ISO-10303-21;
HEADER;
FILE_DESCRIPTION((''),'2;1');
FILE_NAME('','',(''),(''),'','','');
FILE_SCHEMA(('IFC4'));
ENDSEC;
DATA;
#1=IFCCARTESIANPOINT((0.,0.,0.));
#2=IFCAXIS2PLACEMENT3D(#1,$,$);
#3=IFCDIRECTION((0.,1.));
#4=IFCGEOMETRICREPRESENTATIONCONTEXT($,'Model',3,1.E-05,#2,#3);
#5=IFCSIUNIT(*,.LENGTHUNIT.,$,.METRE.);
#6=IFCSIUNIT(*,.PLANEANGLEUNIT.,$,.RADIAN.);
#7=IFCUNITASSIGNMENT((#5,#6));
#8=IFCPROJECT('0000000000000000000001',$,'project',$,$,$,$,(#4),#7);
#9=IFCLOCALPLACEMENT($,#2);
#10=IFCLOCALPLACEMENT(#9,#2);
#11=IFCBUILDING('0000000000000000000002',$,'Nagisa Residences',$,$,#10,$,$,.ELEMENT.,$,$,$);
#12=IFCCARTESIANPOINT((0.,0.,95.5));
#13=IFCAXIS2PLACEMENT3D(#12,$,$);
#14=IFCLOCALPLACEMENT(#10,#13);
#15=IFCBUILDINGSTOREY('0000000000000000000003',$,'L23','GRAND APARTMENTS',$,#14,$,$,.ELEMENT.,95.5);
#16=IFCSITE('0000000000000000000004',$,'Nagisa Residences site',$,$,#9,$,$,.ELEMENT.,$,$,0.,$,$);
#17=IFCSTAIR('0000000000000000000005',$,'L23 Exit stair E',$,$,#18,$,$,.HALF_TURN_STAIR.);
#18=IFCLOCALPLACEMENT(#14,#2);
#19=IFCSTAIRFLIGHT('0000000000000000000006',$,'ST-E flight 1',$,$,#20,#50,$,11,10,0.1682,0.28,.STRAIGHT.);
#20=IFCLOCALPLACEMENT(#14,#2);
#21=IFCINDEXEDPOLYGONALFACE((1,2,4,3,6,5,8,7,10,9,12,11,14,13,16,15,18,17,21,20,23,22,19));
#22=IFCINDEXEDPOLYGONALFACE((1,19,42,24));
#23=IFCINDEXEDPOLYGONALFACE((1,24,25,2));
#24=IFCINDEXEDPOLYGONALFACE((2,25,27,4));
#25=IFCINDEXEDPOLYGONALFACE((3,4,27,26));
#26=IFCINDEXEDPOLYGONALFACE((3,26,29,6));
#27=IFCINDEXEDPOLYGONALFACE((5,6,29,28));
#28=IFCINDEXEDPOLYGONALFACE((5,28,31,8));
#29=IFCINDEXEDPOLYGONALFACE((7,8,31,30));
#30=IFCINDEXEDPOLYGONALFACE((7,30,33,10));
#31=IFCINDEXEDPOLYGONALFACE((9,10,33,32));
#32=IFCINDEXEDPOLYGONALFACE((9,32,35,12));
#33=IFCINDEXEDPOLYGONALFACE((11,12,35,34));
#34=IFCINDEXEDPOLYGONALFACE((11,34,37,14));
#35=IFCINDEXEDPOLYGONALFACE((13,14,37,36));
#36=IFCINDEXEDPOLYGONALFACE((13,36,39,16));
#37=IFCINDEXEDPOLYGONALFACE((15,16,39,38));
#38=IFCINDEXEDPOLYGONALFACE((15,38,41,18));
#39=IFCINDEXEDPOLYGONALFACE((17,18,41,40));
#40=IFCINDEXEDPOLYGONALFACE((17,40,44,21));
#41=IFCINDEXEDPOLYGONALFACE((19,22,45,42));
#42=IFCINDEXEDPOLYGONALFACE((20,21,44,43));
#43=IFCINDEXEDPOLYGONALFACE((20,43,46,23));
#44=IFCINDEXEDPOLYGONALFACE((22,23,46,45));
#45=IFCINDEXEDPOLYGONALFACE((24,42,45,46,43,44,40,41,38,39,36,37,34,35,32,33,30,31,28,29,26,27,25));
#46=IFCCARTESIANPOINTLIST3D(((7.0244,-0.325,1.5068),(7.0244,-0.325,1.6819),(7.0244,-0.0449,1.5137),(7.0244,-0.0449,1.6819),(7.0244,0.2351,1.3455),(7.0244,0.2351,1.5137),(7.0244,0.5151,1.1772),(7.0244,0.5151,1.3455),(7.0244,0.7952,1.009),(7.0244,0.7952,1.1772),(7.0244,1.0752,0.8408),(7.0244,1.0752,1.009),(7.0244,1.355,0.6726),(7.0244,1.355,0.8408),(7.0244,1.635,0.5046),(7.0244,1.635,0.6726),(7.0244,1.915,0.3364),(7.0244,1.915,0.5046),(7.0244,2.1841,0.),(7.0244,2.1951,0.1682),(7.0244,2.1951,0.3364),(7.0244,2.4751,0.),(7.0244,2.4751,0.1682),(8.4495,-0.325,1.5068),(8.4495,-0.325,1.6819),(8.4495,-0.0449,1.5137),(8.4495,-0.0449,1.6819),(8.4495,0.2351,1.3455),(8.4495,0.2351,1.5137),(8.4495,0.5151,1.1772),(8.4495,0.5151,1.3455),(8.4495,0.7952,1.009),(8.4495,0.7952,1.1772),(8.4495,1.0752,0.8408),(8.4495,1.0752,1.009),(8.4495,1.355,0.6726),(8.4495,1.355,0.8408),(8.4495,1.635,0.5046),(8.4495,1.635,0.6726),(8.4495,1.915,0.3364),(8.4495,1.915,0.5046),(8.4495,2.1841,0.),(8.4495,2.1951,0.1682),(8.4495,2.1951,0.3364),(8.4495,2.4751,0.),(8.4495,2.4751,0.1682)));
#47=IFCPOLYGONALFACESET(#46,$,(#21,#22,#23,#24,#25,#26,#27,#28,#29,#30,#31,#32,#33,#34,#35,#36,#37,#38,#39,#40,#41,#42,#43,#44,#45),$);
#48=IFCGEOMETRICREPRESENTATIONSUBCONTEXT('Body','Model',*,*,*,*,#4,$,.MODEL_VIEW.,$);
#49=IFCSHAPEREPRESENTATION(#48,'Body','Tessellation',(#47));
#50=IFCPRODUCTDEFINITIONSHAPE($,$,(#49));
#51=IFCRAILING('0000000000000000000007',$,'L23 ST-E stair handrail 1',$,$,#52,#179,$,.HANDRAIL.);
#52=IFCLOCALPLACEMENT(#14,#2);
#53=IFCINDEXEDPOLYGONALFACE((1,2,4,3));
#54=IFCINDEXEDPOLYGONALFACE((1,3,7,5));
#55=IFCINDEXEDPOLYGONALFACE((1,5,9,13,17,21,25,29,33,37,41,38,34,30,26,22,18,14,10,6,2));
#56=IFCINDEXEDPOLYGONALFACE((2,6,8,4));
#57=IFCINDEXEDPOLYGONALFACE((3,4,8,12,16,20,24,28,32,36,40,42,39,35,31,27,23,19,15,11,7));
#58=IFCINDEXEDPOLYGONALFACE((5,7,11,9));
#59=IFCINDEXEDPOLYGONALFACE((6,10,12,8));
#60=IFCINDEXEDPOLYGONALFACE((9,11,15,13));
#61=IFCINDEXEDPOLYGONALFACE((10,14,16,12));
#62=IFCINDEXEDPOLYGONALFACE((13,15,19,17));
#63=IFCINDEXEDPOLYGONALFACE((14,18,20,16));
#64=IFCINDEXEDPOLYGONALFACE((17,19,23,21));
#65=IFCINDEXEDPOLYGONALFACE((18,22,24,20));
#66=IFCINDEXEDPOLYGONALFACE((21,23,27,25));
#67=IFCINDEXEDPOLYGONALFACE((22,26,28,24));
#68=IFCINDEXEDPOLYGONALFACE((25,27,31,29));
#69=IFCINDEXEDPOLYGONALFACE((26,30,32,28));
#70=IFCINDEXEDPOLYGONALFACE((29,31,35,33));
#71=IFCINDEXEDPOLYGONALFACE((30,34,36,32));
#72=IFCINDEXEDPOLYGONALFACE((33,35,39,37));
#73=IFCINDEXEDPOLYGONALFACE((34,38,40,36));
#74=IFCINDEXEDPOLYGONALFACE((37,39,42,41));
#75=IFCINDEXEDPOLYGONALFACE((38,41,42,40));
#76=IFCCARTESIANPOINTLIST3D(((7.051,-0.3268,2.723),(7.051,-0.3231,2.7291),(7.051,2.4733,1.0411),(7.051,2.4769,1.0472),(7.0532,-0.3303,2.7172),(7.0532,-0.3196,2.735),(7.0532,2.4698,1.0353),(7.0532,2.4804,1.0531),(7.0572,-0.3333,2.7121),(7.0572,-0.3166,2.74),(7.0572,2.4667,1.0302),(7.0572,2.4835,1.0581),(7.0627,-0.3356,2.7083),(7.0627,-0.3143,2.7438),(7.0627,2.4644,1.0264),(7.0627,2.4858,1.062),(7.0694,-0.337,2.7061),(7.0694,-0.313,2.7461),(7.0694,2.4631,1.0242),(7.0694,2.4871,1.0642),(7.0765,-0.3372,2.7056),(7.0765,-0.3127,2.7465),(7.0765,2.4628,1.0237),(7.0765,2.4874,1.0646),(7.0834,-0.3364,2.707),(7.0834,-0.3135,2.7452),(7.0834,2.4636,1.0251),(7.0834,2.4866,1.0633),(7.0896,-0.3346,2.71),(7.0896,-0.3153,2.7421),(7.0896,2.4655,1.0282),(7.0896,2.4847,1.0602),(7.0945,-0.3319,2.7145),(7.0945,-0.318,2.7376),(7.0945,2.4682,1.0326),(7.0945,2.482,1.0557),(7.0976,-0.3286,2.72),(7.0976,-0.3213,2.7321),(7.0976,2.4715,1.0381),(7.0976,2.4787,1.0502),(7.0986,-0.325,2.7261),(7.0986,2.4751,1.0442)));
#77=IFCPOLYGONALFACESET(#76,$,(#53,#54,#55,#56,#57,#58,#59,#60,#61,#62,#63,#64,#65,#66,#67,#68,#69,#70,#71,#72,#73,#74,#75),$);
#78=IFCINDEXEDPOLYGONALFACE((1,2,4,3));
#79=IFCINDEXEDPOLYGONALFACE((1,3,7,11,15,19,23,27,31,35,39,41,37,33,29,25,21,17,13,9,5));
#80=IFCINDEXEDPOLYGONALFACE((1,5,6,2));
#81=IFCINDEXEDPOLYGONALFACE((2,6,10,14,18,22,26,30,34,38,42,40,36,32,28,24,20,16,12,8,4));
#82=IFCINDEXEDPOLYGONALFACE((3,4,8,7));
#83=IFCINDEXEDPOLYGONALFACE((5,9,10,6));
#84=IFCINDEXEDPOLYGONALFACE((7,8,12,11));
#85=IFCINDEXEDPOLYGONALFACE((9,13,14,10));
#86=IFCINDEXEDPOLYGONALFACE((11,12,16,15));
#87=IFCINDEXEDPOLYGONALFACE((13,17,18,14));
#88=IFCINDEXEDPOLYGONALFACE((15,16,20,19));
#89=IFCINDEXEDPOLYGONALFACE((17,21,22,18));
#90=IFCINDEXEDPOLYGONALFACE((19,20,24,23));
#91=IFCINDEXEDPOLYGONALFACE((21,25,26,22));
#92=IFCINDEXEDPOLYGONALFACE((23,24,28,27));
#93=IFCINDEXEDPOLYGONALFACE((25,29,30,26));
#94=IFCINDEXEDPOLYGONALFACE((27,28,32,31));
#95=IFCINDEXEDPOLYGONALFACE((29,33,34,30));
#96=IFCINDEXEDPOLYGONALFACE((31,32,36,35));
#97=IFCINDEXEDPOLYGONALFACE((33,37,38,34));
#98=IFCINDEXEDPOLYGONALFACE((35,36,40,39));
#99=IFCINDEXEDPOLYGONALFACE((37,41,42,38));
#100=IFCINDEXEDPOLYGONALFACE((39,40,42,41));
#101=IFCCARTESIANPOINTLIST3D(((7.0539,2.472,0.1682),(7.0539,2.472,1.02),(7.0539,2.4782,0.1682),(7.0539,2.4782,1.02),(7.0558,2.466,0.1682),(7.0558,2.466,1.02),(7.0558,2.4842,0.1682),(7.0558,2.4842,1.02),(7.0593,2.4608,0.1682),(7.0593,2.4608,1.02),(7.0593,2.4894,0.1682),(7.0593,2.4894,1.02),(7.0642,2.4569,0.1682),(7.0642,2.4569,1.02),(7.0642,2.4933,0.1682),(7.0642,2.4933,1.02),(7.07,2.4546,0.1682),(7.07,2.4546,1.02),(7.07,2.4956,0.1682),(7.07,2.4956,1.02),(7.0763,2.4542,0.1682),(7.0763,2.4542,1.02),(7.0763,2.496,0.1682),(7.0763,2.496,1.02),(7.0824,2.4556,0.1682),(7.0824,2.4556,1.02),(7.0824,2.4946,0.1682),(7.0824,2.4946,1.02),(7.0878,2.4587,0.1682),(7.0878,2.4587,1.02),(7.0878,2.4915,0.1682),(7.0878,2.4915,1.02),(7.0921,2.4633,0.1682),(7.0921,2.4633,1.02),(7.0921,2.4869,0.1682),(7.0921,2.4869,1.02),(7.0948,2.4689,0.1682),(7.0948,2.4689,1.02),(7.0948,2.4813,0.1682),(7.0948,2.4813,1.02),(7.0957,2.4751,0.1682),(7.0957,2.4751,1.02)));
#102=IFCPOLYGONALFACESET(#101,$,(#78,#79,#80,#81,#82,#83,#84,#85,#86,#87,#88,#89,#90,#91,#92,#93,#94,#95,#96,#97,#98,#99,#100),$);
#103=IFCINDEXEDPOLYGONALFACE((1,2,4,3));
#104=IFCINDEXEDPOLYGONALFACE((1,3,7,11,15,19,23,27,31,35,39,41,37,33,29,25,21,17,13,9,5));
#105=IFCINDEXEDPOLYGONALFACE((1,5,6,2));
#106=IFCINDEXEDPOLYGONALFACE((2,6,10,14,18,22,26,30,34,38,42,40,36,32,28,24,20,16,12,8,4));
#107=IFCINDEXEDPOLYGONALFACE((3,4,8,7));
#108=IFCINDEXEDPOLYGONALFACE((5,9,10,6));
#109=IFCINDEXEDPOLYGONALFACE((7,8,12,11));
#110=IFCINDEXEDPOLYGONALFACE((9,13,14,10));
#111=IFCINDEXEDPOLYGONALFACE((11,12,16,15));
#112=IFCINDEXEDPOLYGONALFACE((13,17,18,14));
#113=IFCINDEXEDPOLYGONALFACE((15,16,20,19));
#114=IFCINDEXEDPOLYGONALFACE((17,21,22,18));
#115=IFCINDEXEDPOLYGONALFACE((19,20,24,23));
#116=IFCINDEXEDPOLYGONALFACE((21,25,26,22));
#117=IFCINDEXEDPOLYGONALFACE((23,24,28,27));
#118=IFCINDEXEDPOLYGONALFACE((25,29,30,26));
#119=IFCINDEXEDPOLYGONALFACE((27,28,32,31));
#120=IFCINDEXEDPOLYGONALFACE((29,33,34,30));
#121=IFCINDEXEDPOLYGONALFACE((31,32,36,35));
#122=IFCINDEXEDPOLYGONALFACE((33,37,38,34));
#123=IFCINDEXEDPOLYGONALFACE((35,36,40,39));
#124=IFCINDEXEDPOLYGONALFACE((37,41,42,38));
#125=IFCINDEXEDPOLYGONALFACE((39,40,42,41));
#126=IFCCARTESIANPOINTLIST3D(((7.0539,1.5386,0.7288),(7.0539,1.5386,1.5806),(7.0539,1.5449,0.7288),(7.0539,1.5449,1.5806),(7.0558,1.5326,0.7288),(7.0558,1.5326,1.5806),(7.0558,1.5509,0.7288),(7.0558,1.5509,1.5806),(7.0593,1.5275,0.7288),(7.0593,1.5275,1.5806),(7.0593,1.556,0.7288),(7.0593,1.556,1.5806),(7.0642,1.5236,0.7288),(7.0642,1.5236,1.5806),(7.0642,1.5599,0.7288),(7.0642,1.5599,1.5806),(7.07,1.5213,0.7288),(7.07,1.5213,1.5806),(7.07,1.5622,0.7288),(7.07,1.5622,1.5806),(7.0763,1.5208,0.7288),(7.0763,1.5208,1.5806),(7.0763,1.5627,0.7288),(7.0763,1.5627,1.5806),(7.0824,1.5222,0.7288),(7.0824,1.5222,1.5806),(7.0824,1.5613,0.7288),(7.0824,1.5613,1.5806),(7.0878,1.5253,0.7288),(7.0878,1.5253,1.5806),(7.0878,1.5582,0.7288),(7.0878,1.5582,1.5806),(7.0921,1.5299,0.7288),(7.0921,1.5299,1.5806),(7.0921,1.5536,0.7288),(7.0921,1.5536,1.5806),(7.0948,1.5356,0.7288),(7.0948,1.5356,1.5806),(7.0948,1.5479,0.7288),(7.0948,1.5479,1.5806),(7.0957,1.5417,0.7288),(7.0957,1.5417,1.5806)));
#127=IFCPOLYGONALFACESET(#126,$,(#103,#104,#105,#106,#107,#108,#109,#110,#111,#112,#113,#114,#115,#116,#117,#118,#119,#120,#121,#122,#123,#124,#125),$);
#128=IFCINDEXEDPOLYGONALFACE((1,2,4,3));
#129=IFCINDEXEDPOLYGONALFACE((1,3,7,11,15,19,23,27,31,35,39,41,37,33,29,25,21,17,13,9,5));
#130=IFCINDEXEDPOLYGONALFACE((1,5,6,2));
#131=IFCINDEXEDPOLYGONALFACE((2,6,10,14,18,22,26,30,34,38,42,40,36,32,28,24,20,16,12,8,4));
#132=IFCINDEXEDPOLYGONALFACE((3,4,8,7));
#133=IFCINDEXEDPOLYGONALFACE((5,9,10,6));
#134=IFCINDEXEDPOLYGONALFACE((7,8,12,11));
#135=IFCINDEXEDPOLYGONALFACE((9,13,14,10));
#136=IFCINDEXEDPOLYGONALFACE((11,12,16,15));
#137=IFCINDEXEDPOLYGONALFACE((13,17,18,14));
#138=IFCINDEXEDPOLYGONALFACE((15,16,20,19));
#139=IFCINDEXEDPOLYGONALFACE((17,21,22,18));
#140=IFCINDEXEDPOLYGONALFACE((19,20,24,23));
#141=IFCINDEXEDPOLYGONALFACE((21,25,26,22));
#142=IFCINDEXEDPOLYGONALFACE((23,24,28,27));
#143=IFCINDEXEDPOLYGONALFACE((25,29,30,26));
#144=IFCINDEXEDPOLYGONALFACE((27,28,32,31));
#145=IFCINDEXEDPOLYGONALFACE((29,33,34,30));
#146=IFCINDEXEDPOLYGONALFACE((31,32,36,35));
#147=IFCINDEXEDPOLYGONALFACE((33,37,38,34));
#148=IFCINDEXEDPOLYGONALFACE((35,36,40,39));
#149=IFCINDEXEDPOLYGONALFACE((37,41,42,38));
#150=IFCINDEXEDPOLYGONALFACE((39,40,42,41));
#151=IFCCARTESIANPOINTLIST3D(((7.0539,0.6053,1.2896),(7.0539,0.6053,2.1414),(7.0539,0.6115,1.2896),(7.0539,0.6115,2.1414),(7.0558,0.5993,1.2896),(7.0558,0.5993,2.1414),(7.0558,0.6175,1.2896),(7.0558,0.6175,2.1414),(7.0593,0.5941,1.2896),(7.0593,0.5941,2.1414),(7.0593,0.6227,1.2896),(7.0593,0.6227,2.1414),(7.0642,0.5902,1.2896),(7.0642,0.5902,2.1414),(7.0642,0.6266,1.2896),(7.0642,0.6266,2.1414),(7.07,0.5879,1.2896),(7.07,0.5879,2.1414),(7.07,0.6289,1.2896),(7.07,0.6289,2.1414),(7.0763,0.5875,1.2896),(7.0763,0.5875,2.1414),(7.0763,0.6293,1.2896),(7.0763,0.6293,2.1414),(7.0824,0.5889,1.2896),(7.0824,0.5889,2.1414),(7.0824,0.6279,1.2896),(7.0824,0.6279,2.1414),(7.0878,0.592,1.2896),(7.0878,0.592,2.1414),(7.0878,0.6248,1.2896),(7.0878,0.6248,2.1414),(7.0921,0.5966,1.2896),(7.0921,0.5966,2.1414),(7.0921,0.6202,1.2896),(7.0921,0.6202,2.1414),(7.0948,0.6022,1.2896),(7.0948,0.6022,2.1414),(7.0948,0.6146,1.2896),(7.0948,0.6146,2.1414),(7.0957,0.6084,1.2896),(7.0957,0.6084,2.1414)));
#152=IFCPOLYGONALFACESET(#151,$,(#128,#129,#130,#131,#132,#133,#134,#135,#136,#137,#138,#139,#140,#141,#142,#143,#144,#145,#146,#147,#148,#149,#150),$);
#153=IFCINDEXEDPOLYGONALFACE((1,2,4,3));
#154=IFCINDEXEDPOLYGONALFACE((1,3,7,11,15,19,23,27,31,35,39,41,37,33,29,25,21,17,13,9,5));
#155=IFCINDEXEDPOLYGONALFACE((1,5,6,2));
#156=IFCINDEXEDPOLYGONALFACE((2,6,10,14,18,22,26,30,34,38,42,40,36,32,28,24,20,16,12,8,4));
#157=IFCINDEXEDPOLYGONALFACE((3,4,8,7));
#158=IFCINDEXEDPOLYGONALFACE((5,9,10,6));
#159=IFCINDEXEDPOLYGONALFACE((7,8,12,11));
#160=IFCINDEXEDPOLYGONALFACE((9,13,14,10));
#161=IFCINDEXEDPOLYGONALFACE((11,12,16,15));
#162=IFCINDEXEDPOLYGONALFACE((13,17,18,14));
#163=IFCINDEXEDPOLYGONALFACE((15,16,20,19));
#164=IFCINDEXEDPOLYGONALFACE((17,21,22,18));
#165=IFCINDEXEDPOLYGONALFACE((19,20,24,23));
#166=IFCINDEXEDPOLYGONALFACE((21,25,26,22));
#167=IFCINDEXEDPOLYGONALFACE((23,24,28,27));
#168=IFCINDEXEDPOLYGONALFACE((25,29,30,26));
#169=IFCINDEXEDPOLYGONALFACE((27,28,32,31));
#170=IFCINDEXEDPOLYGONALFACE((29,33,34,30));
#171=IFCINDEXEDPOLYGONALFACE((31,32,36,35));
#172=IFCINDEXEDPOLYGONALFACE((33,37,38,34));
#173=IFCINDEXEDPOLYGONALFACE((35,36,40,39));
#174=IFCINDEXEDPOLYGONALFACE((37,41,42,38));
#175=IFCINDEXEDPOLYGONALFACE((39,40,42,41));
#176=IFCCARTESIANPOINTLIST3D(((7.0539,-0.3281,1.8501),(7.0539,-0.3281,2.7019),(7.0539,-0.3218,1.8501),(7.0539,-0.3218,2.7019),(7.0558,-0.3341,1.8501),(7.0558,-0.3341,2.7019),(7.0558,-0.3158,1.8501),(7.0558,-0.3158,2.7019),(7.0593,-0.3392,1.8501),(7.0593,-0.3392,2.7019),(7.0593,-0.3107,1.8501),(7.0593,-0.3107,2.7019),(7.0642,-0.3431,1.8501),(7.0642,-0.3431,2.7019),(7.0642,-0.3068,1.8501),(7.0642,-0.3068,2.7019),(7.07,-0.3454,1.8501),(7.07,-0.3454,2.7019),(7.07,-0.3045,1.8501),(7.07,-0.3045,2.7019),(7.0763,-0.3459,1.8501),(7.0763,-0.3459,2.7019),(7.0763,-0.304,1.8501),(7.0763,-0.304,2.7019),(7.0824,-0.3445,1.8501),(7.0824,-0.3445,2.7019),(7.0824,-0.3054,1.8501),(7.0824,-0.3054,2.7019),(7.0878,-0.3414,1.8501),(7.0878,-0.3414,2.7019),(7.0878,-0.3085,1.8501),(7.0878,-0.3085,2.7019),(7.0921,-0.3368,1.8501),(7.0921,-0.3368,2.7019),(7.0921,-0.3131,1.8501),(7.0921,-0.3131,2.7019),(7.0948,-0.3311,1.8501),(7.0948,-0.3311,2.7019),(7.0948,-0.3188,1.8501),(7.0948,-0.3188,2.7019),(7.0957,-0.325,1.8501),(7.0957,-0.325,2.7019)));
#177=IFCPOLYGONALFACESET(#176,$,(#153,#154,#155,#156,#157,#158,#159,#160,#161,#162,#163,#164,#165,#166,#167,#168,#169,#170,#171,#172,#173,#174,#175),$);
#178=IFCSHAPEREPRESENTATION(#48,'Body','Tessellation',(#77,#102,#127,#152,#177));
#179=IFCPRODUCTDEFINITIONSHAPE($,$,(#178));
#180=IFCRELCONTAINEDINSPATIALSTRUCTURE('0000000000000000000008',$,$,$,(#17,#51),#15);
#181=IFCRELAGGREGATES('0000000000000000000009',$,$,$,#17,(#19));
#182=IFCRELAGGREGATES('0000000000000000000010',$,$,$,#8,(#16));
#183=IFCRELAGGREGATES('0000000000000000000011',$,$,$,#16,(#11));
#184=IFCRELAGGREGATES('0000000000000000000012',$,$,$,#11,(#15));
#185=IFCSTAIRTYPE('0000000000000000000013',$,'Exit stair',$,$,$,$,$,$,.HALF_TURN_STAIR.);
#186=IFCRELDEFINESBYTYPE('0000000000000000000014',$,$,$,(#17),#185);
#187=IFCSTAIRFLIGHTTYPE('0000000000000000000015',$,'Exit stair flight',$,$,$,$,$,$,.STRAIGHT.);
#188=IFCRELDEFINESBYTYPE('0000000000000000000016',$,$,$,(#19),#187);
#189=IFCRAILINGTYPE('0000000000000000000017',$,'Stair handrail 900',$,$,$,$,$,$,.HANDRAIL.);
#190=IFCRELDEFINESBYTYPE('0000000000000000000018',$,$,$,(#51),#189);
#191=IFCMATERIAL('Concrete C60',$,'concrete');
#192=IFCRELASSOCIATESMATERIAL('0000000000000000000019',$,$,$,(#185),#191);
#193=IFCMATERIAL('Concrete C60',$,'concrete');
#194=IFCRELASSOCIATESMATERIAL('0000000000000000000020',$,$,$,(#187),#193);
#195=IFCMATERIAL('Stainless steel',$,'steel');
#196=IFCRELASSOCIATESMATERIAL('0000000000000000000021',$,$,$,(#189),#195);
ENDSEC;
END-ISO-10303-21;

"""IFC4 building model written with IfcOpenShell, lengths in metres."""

from ifc_helpers import new_model, si_unit, direction, frame, origin, origin_2d, place, context, subcontext, project, spatial, polyline, circle, outline, extrude, material, type_object, element, aggregate, save


model = new_model("IFC4")

# Units and contexts
model_context = context("Model", 3, precision=1e-05, world=origin(), true_north=direction((0.0, 1.0)))
body_context = subcontext(model_context, "Body", "Model", "MODEL_VIEW")
ifc_project = project(units=[si_unit("LENGTHUNIT", "METRE"), si_unit("PLANEANGLEUNIT", "RADIAN")], contexts=[model_context])

# Site, building, storey
site_placement = place(None, origin())
site = spatial("IfcSite", under=ifc_project, at=site_placement, Name="Nagisa Residences site", CompositionType="ELEMENT", RefElevation=0.0)
building_placement = place(site_placement, origin())
building = spatial("IfcBuilding", under=site, at=building_placement, Name="Nagisa Residences", CompositionType="ELEMENT")
storey_placement = place(building_placement, frame((0.0, 0.0, 95.5)))
storey = spatial("IfcBuildingStorey", under=building, at=storey_placement, Name="L23", Description="GRAND APARTMENTS", CompositionType="ELEMENT", Elevation=95.5)

# Stair, stair flight
ifc_material_1 = material(Name="Concrete C60", Category="concrete")
stair_type = type_object("IfcStairType", Name="Exit stair", PredefinedType="HALF_TURN_STAIR", material=ifc_material_1)
stair_placement = place(storey_placement, origin())
stair = element("IfcStair", 1, at=stair_placement, inside=storey, type_object=stair_type, Name="L23 Exit stair E", PredefinedType="HALF_TURN_STAIR")
ifc_material_2 = material(Name="Concrete C60", Category="concrete")
stair_flight_type = type_object("IfcStairFlightType", Name="Exit stair flight", PredefinedType="STRAIGHT", material=ifc_material_2)
stair_flight_placement = place(storey_placement, frame((7.7371, 2.4751, 0.0), z_axis=(0.0, 0.0, 1.0), x_axis=(0.0, -1.0, 0.0)))
stair_flight = element("IfcStairFlight", 2, at=stair_flight_placement, type_object=stair_flight_type, Name="ST-E flight 1", NumberOfRisers=11, NumberOfTreads=10, PredefinedType="STRAIGHT", RiserHeight=0.1682, TreadLength=0.28, context=body_context, shape_type="SweptSolid", body=[
    extrude(outline(polyline([(0.0, 0.0), (0.0, 0.1682), (0.28, 0.1682), (0.28, 0.3364), (0.5601, 0.3364), (0.5601, 0.5046), (0.8401, 0.5046), (0.8401, 0.6726), (1.1201, 0.6726), (1.1201, 0.8408), (1.3999, 0.8408), (1.3999, 1.009), (1.6799, 1.009), (1.6799, 1.1772), (1.96, 1.1772), (1.96, 1.3455), (2.24, 1.3455), (2.24, 1.5137), (2.52, 1.5137), (2.52, 1.6819), (2.8, 1.6819), (2.8, 1.8501), (2.8, 1.5068), (0.291, 0.0), (0.0, 0.0)])), frame((0.0, 0.7124, 0.0), z_axis=(0.0, -1.0, 0.0), x_axis=(1.0, 0.0, 0.0)), (0.0, 0.0, 1.0), 1.425),
])
aggregate(stair, [stair_flight])

# Railing
ifc_material_3 = material(Name="Stainless steel", Category="steel")
railing_type_1 = type_object("IfcRailingType", Name="Stair handrail 900", PredefinedType="HANDRAIL", material=ifc_material_3)
railing_1_placement = place(storey_placement, frame((7.0747, 2.4751, 0.1682)))
element("IfcRailing", 3, at=railing_1_placement, inside=storey, type_object=railing_type_1, Name="L23 ST-E stair handrail 1", PredefinedType="HANDRAIL", context=body_context, shape_type="SweptSolid", body=[
    extrude(circle(Radius=0.0239, at=origin_2d()), frame((0.0, 0.0, 0.876), z_axis=(0.0, -0.857242, 0.514913), x_axis=(1.0, 0.0, 0.0)), (0.0, 0.0, 1.0), 3.2664),
    extrude(circle(Radius=0.021, at=origin_2d()), origin(), (0.0, 0.0, 1.0), 0.8518),
    extrude(circle(Radius=0.021, at=origin_2d()), frame((0.0, -0.9333, 0.5605)), (0.0, 0.0, 1.0), 0.8518),
    extrude(circle(Radius=0.021, at=origin_2d()), frame((0.0, -1.8667, 1.1213)), (0.0, 0.0, 1.0), 0.8518),
    extrude(circle(Radius=0.021, at=origin_2d()), frame((0.0, -2.8, 1.6819)), (0.0, 0.0, 1.0), 0.8518),
])

save(model, "model.ifc")
